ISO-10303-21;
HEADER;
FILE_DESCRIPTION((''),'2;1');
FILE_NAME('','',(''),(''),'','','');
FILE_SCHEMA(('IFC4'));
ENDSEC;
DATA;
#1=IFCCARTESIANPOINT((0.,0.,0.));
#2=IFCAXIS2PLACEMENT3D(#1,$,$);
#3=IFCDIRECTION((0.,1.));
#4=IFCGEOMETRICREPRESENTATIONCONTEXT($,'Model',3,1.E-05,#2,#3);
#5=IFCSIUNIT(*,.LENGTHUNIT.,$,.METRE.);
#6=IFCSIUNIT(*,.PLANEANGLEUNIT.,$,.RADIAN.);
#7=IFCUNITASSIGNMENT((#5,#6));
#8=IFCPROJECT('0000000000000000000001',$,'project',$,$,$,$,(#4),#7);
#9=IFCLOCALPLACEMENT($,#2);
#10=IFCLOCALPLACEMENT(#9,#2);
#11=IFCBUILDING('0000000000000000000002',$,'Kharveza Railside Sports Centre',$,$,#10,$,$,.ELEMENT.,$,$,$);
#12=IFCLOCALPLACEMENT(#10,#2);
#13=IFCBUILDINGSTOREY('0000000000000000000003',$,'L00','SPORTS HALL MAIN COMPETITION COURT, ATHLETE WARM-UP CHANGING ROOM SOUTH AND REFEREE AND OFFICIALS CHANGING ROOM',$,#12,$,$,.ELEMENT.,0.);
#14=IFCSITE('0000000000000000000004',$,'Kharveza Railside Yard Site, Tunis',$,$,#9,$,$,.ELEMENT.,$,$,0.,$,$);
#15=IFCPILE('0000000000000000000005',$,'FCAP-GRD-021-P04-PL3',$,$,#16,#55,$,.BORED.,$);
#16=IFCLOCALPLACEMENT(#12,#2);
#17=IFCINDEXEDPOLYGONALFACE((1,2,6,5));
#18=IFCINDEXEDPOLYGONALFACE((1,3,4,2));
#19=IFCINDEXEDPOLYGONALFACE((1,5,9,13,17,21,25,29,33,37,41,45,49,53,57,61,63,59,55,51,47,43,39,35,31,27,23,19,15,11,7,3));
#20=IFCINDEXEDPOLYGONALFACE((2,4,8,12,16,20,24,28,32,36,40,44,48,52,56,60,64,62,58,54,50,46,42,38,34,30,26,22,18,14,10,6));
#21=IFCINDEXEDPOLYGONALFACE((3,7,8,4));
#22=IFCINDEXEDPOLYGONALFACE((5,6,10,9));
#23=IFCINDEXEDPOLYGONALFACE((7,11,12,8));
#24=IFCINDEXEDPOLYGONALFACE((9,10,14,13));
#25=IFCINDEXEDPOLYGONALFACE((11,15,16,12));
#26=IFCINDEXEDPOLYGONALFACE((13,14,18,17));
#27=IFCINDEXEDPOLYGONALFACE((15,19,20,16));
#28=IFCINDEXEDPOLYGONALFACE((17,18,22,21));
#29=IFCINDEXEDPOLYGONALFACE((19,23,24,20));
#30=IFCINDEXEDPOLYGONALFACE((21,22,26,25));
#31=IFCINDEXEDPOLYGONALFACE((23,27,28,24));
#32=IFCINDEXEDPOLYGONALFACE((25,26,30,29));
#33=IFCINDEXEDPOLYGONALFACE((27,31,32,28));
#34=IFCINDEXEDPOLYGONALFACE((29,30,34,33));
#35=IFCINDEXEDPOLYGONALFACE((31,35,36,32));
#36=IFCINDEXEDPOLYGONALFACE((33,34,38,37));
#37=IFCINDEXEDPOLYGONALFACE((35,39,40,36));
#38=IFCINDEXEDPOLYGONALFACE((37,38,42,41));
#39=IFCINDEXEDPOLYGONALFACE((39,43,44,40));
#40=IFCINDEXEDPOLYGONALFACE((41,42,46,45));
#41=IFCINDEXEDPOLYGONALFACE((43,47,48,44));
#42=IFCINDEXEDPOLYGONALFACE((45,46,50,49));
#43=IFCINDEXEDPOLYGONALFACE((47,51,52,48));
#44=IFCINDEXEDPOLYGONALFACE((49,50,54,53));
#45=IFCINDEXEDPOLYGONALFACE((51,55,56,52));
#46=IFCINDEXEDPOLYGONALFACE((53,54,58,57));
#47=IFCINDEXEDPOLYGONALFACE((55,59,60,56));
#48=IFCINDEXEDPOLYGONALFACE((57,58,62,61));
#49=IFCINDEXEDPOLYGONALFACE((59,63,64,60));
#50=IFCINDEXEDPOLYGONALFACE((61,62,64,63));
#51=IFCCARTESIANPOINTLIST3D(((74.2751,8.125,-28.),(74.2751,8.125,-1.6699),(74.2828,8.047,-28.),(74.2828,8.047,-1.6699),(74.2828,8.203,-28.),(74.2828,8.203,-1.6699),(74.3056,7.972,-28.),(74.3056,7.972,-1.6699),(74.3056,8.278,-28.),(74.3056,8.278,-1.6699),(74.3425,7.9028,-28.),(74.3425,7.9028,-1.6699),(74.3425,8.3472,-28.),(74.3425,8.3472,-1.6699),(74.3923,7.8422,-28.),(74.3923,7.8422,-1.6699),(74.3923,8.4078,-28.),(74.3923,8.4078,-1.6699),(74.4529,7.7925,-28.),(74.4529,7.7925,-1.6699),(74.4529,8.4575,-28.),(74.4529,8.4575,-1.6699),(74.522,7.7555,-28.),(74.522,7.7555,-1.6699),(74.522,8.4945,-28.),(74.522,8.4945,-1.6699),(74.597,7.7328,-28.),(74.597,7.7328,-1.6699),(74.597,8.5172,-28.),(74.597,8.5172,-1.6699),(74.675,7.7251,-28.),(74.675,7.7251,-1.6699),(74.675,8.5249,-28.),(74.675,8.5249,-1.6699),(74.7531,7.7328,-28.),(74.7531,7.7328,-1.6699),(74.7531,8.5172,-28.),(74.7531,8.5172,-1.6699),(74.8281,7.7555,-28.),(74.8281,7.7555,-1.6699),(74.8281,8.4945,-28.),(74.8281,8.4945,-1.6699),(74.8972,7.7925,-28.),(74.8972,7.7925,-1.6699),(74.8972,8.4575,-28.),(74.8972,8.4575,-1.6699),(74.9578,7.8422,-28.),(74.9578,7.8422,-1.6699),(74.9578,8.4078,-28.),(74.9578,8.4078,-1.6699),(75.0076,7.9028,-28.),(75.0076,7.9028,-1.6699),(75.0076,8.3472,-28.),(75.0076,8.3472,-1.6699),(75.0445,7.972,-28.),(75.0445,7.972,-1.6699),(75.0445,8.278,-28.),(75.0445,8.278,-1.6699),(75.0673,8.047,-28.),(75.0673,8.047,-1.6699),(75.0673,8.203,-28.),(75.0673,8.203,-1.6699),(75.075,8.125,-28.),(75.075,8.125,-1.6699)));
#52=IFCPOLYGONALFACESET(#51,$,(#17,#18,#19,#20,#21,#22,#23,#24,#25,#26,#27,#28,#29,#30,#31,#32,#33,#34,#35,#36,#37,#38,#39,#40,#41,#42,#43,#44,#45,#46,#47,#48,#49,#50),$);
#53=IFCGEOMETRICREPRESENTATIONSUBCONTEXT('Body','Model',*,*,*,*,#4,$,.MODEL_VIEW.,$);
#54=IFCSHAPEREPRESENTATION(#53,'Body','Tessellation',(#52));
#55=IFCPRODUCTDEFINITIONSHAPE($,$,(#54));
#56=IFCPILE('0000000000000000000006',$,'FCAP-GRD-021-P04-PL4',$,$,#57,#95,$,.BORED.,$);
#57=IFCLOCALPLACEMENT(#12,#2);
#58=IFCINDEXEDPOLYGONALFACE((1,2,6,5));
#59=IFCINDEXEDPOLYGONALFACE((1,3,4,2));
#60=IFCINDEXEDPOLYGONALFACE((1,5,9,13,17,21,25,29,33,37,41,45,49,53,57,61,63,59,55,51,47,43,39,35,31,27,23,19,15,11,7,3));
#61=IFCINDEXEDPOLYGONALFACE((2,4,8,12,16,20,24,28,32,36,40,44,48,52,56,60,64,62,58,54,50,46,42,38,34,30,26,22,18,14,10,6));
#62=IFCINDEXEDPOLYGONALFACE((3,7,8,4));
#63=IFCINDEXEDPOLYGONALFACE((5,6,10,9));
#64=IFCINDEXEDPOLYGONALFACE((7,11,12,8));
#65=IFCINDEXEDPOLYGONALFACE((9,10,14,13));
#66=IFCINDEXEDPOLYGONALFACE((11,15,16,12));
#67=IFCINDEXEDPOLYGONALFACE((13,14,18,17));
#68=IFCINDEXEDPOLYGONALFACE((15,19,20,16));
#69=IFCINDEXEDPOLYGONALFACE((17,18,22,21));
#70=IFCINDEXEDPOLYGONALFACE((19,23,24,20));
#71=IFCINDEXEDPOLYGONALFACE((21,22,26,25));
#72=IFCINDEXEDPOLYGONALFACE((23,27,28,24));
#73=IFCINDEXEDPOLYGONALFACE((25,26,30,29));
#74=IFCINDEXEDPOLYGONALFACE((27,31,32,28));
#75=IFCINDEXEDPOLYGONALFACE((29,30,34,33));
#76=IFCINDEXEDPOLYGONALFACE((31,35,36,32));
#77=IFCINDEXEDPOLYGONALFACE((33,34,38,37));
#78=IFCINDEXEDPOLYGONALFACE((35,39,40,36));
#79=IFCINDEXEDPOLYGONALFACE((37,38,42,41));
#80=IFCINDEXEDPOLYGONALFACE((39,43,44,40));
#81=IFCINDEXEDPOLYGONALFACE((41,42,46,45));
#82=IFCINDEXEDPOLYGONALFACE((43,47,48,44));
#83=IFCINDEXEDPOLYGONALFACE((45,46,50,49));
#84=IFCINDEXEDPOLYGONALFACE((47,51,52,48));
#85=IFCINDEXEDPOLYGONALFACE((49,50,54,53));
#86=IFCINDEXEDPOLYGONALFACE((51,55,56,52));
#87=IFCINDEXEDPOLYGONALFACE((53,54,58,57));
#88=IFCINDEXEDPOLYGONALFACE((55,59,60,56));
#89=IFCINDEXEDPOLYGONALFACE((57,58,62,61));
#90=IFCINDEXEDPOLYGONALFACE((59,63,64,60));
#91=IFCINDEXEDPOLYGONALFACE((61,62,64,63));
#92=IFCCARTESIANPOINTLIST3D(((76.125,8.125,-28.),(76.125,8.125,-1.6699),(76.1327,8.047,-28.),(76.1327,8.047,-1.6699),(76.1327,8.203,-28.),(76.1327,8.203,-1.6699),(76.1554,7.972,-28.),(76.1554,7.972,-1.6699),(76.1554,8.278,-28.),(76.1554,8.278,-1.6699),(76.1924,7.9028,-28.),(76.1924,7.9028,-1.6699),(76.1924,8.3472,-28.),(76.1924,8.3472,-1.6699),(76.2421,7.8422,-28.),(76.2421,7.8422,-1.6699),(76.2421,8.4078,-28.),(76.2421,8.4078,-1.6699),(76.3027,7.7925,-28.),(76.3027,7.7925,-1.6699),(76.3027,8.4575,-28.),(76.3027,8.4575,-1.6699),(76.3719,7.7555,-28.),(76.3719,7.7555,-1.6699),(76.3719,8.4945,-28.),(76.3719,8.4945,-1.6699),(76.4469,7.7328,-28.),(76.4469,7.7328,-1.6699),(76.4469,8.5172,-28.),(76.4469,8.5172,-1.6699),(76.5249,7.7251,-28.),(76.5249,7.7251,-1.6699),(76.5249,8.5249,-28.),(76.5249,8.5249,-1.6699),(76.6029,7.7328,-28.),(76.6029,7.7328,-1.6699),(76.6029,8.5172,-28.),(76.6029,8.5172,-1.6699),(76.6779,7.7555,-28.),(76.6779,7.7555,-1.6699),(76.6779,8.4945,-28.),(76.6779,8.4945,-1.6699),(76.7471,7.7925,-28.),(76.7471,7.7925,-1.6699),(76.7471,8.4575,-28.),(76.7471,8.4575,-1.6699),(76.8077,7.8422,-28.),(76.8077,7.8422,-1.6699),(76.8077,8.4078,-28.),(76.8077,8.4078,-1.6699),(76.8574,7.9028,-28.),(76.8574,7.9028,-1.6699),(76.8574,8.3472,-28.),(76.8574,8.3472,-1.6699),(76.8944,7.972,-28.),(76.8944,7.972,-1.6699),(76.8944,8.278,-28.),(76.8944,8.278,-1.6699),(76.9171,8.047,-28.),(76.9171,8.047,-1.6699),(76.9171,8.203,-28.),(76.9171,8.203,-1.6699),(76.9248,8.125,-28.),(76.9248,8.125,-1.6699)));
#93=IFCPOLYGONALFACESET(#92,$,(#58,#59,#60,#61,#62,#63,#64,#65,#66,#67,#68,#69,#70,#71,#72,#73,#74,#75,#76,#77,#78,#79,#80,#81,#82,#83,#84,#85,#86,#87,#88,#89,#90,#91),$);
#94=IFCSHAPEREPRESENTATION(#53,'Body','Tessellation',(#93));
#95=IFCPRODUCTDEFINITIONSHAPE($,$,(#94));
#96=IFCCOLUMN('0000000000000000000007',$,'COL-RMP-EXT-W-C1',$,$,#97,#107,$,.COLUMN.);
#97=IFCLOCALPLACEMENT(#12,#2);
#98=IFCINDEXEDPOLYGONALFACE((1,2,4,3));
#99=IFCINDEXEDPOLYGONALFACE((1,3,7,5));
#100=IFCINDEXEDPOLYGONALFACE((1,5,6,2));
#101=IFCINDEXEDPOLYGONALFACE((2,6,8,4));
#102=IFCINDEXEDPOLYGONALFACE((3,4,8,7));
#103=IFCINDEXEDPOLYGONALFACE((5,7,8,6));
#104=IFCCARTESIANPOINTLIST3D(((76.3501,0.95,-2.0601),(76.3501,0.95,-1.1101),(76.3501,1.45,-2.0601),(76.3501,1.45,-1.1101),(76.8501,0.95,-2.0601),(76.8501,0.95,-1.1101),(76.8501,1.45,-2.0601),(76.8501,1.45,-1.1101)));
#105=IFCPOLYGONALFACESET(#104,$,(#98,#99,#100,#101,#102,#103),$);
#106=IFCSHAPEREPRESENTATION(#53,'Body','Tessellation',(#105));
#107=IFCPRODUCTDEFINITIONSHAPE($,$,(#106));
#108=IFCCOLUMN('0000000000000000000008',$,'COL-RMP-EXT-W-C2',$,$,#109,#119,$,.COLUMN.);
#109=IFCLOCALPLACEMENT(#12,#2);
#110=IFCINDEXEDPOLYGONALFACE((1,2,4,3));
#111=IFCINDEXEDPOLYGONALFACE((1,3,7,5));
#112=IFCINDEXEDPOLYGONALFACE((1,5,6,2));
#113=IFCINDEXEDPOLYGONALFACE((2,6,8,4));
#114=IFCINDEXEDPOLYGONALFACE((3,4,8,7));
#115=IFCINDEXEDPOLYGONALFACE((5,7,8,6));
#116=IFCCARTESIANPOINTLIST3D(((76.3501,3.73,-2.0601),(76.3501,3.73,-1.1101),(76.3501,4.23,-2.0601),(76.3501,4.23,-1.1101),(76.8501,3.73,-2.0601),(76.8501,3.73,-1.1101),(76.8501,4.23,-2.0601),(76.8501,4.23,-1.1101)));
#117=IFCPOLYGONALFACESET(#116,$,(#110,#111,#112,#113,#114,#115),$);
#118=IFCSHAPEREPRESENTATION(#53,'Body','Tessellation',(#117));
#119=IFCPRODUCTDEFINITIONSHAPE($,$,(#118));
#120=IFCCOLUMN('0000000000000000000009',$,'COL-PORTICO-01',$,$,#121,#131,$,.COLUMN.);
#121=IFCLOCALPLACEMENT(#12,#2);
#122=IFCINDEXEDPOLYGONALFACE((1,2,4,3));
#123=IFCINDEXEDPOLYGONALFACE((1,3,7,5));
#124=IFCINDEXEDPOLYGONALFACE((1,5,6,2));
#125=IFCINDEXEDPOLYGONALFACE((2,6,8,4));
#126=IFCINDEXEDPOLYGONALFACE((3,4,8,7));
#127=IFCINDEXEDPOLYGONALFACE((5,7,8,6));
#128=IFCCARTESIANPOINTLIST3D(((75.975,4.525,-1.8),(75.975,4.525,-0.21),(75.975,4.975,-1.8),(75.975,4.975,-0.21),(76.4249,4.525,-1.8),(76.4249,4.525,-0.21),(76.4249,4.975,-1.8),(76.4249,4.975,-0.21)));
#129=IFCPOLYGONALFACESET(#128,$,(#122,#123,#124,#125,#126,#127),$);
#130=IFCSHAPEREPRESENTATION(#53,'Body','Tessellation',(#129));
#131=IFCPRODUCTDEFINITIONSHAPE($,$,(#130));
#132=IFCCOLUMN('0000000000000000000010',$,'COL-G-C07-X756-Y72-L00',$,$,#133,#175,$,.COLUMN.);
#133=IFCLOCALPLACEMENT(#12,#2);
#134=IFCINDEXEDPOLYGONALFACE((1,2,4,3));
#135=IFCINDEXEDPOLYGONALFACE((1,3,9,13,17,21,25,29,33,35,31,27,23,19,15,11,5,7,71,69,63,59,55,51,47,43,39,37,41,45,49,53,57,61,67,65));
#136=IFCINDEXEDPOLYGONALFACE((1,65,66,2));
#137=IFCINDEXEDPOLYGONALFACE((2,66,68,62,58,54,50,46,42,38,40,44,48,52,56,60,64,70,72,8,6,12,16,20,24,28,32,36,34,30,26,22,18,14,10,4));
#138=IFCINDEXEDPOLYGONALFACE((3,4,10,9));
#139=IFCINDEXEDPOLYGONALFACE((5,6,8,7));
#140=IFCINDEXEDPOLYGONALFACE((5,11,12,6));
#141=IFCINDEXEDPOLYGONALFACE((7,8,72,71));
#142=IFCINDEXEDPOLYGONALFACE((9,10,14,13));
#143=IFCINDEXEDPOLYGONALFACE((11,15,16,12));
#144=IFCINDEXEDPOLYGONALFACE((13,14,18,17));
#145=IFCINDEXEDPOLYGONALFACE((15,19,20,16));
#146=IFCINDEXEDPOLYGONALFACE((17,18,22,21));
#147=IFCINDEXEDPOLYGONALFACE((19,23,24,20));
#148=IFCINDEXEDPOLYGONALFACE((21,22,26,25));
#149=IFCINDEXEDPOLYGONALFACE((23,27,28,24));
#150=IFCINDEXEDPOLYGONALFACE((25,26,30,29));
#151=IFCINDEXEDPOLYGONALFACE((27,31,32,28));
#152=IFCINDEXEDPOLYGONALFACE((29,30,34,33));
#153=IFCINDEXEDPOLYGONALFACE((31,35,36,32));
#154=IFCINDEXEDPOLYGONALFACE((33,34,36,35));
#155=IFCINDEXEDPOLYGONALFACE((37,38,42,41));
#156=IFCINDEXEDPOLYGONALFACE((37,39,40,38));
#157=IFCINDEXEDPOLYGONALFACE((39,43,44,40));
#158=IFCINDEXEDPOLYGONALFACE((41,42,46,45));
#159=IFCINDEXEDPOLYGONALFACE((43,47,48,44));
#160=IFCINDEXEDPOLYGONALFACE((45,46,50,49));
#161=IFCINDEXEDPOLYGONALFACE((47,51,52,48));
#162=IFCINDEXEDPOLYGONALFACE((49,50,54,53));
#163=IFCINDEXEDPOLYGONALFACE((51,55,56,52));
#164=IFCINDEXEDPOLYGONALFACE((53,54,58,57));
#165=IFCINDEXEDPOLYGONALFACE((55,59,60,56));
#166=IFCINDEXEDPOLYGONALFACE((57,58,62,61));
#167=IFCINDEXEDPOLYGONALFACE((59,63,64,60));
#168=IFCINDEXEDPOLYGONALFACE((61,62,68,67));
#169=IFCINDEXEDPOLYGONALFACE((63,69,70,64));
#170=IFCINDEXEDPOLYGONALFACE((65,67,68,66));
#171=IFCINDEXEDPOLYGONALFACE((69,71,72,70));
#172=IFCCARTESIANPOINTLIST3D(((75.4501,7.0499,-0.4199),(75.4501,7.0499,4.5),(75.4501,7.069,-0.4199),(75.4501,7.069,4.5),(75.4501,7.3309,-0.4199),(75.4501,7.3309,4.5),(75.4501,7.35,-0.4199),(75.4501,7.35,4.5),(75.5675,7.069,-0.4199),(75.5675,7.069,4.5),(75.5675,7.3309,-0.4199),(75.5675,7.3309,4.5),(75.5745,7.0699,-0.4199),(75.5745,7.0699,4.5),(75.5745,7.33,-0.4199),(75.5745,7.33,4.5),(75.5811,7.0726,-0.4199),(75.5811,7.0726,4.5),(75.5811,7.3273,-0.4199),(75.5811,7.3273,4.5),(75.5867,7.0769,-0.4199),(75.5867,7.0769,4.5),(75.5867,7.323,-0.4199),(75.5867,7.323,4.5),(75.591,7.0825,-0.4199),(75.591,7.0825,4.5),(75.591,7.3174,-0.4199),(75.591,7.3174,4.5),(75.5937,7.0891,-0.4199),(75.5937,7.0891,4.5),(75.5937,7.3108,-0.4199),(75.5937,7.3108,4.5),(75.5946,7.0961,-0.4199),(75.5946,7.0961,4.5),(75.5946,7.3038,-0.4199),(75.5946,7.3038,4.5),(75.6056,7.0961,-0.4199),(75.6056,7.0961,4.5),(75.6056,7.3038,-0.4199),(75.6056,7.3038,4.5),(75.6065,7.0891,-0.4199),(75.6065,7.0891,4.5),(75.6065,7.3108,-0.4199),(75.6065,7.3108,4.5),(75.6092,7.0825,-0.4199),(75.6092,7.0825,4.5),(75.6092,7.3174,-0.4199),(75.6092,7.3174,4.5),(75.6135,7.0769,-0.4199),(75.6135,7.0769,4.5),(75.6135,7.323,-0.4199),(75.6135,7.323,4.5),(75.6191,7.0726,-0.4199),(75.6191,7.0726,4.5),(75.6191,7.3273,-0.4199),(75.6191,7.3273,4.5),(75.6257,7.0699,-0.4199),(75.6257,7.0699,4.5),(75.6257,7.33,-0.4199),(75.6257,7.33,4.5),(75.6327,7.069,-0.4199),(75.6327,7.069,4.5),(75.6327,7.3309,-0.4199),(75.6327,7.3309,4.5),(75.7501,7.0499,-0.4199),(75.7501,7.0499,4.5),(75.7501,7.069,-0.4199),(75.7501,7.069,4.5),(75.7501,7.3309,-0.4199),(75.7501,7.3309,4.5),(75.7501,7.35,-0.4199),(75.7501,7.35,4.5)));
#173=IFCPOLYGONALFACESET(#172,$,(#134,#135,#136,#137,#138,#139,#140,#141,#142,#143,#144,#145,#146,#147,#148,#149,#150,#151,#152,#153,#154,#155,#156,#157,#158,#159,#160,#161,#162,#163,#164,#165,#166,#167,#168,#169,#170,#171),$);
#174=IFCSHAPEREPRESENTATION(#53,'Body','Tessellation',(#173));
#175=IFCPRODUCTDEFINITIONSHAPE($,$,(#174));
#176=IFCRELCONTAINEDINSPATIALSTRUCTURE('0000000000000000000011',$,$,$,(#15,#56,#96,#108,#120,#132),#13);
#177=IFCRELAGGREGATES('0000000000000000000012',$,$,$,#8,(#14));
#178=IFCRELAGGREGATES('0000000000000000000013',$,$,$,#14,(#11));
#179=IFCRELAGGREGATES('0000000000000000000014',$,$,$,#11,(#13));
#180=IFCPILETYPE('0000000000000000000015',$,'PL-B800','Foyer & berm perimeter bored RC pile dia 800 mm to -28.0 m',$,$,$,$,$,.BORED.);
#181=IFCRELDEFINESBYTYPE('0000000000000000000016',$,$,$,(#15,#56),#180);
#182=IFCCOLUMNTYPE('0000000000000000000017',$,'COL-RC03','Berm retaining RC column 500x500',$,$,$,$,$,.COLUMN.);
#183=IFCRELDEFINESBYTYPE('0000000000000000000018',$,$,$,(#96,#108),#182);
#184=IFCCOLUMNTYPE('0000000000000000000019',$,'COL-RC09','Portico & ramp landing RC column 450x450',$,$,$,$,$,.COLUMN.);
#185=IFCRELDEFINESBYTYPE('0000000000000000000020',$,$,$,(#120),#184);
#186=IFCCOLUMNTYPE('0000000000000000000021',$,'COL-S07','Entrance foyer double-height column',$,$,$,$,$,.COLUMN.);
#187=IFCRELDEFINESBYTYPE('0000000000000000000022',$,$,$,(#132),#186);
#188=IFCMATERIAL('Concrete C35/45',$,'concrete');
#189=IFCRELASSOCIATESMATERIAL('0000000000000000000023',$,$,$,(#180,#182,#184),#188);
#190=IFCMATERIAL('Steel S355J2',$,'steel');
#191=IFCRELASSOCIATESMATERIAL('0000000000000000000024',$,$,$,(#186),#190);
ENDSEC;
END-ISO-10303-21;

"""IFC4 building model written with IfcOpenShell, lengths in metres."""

from ifc_helpers import new_model, si_unit, direction, frame, origin, origin_2d, place, context, subcontext, project, spatial, rectangle, circle, i_section, extrude, material, material_profile, profile_set, type_object, element, save


model = new_model("IFC4")

# Units and contexts
model_context = context("Model", 3, precision=1e-05, world=origin(), true_north=direction((0.0, 1.0)))
body_context = subcontext(model_context, "Body", "Model", "MODEL_VIEW")
ifc_project = project(units=[si_unit("LENGTHUNIT", "METRE"), si_unit("PLANEANGLEUNIT", "RADIAN")], contexts=[model_context])

# Site, building, storey
site_placement = place(None, origin())
site = spatial("IfcSite", under=ifc_project, at=site_placement, Name="Kharveza Railside Yard Site, Tunis", CompositionType="ELEMENT", RefElevation=0.0)
building_placement = place(site_placement, origin())
building = spatial("IfcBuilding", under=site, at=building_placement, Name="Kharveza Railside Sports Centre", CompositionType="ELEMENT")
storey_placement = place(building_placement, origin())
storey = spatial("IfcBuildingStorey", under=building, at=storey_placement, Name="L00", Description="SPORTS HALL MAIN COMPETITION COURT, ATHLETE WARM-UP CHANGING ROOM SOUTH AND REFEREE AND OFFICIALS CHANGING ROOM", CompositionType="ELEMENT", Elevation=0.0)

# Shared definitions
ifc_material_1 = material(Name="Concrete C35/45", Category="concrete")

# Piles
ifc_material_profile_1 = material_profile(ifc_material_1, circle(Radius=0.3999, at=origin_2d()), Name="PILE D800")
ifc_profile_set_1 = profile_set([ifc_material_profile_1], Name="Concrete C35/45")
pile_type = type_object("IfcPileType", Name="PL-B800", Description="Foyer & berm perimeter bored RC pile dia 800 mm to -28.0 m", PredefinedType="BORED", material=ifc_profile_set_1)
for number, where, z_axis, x_axis, name in (
    (1, (74.675, 8.125, -1.6699), (0.0, 0.0, -1.0), (1.0, 0.0, 0.0), "FCAP-GRD-021-P04-PL3"),
    (2, (76.5249, 8.125, -1.6699), (0.0, 0.0, -1.0), (1.0, 0.0, 0.0), "FCAP-GRD-021-P04-PL4"),
):
    element("IfcPile", number, at=place(storey_placement, frame(where, z_axis=z_axis, x_axis=x_axis)), inside=storey, type_object=pile_type, Name=name, PredefinedType="BORED", context=body_context, shape_type="SweptSolid", body=[
        extrude(circle(Radius=0.3999, at=origin_2d()), origin(), (0.0, 0.0, 1.0), 26.3301),
    ])

# Columns
ifc_material_profile_2 = material_profile(ifc_material_1, rectangle(XDim=0.5, YDim=0.5, at=origin_2d()), Name="RC 500x500")
ifc_profile_set_2 = profile_set([ifc_material_profile_2], Name="Concrete C35/45")
column_type_1 = type_object("IfcColumnType", Name="COL-RC03", Description="Berm retaining RC column 500x500", PredefinedType="COLUMN", material=ifc_profile_set_2)
for number, where, z_axis, x_axis, name in (
    (3, (76.6001, 1.2, -2.0601), (0.0, 0.0, 1.0), (1.0, 0.0, 0.0), "COL-RMP-EXT-W-C1"),
    (4, (76.6001, 3.98, -2.0601), (0.0, 0.0, 1.0), (1.0, 0.0, 0.0), "COL-RMP-EXT-W-C2"),
):
    element("IfcColumn", number, at=place(storey_placement, frame(where, z_axis=z_axis, x_axis=x_axis)), inside=storey, type_object=column_type_1, Name=name, PredefinedType="COLUMN", context=body_context, shape_type="SweptSolid", body=[
        extrude(rectangle(XDim=0.5, YDim=0.5, at=origin_2d()), origin(), (0.0, 0.0, 1.0), 0.95),
    ])
ifc_material_profile_3 = material_profile(ifc_material_1, rectangle(XDim=0.45, YDim=0.45, at=origin_2d()), Name="RC 450x450")
ifc_profile_set_3 = profile_set([ifc_material_profile_3], Name="Concrete C35/45")
column_type_2 = type_object("IfcColumnType", Name="COL-RC09", Description="Portico & ramp landing RC column 450x450", PredefinedType="COLUMN", material=ifc_profile_set_3)
column_1_placement = place(storey_placement, frame((76.2, 4.75, -1.8), z_axis=(0.0, 0.0, 1.0), x_axis=(1.0, 0.0, 0.0)))
element("IfcColumn", 5, at=column_1_placement, inside=storey, type_object=column_type_2, Name="COL-PORTICO-01", PredefinedType="COLUMN", context=body_context, shape_type="SweptSolid", body=[
    extrude(rectangle(XDim=0.45, YDim=0.45, at=origin_2d()), origin(), (0.0, 0.0, 1.0), 1.5901),
])
ifc_material_2 = material(Name="Steel S355J2", Category="steel")
ifc_material_profile_4 = material_profile(ifc_material_2, i_section(OverallWidth=0.3, OverallDepth=0.3, WebThickness=0.011, FlangeThickness=0.019, FilletRadius=0.0271, at=origin_2d()), Name="HEB 300")
ifc_profile_set_4 = profile_set([ifc_material_profile_4], Name="Steel S355J2")
column_type_3 = type_object("IfcColumnType", Name="COL-S07", Description="Entrance foyer double-height column", PredefinedType="COLUMN", material=ifc_profile_set_4)
column_2_placement = place(storey_placement, frame((75.6001, 7.2, -0.4199), z_axis=(0.0, 0.0, 1.0), x_axis=(1.0, 0.0, 0.0)))
element("IfcColumn", 6, at=column_2_placement, inside=storey, type_object=column_type_3, Name="COL-G-C07-X756-Y72-L00", PredefinedType="COLUMN", context=body_context, shape_type="SweptSolid", body=[
    extrude(i_section(OverallWidth=0.3, OverallDepth=0.3, WebThickness=0.011, FlangeThickness=0.019, FilletRadius=0.0271, at=origin_2d()), origin(), (0.0, 0.0, 1.0), 4.9199),
])

save(model, "model.ifc")
